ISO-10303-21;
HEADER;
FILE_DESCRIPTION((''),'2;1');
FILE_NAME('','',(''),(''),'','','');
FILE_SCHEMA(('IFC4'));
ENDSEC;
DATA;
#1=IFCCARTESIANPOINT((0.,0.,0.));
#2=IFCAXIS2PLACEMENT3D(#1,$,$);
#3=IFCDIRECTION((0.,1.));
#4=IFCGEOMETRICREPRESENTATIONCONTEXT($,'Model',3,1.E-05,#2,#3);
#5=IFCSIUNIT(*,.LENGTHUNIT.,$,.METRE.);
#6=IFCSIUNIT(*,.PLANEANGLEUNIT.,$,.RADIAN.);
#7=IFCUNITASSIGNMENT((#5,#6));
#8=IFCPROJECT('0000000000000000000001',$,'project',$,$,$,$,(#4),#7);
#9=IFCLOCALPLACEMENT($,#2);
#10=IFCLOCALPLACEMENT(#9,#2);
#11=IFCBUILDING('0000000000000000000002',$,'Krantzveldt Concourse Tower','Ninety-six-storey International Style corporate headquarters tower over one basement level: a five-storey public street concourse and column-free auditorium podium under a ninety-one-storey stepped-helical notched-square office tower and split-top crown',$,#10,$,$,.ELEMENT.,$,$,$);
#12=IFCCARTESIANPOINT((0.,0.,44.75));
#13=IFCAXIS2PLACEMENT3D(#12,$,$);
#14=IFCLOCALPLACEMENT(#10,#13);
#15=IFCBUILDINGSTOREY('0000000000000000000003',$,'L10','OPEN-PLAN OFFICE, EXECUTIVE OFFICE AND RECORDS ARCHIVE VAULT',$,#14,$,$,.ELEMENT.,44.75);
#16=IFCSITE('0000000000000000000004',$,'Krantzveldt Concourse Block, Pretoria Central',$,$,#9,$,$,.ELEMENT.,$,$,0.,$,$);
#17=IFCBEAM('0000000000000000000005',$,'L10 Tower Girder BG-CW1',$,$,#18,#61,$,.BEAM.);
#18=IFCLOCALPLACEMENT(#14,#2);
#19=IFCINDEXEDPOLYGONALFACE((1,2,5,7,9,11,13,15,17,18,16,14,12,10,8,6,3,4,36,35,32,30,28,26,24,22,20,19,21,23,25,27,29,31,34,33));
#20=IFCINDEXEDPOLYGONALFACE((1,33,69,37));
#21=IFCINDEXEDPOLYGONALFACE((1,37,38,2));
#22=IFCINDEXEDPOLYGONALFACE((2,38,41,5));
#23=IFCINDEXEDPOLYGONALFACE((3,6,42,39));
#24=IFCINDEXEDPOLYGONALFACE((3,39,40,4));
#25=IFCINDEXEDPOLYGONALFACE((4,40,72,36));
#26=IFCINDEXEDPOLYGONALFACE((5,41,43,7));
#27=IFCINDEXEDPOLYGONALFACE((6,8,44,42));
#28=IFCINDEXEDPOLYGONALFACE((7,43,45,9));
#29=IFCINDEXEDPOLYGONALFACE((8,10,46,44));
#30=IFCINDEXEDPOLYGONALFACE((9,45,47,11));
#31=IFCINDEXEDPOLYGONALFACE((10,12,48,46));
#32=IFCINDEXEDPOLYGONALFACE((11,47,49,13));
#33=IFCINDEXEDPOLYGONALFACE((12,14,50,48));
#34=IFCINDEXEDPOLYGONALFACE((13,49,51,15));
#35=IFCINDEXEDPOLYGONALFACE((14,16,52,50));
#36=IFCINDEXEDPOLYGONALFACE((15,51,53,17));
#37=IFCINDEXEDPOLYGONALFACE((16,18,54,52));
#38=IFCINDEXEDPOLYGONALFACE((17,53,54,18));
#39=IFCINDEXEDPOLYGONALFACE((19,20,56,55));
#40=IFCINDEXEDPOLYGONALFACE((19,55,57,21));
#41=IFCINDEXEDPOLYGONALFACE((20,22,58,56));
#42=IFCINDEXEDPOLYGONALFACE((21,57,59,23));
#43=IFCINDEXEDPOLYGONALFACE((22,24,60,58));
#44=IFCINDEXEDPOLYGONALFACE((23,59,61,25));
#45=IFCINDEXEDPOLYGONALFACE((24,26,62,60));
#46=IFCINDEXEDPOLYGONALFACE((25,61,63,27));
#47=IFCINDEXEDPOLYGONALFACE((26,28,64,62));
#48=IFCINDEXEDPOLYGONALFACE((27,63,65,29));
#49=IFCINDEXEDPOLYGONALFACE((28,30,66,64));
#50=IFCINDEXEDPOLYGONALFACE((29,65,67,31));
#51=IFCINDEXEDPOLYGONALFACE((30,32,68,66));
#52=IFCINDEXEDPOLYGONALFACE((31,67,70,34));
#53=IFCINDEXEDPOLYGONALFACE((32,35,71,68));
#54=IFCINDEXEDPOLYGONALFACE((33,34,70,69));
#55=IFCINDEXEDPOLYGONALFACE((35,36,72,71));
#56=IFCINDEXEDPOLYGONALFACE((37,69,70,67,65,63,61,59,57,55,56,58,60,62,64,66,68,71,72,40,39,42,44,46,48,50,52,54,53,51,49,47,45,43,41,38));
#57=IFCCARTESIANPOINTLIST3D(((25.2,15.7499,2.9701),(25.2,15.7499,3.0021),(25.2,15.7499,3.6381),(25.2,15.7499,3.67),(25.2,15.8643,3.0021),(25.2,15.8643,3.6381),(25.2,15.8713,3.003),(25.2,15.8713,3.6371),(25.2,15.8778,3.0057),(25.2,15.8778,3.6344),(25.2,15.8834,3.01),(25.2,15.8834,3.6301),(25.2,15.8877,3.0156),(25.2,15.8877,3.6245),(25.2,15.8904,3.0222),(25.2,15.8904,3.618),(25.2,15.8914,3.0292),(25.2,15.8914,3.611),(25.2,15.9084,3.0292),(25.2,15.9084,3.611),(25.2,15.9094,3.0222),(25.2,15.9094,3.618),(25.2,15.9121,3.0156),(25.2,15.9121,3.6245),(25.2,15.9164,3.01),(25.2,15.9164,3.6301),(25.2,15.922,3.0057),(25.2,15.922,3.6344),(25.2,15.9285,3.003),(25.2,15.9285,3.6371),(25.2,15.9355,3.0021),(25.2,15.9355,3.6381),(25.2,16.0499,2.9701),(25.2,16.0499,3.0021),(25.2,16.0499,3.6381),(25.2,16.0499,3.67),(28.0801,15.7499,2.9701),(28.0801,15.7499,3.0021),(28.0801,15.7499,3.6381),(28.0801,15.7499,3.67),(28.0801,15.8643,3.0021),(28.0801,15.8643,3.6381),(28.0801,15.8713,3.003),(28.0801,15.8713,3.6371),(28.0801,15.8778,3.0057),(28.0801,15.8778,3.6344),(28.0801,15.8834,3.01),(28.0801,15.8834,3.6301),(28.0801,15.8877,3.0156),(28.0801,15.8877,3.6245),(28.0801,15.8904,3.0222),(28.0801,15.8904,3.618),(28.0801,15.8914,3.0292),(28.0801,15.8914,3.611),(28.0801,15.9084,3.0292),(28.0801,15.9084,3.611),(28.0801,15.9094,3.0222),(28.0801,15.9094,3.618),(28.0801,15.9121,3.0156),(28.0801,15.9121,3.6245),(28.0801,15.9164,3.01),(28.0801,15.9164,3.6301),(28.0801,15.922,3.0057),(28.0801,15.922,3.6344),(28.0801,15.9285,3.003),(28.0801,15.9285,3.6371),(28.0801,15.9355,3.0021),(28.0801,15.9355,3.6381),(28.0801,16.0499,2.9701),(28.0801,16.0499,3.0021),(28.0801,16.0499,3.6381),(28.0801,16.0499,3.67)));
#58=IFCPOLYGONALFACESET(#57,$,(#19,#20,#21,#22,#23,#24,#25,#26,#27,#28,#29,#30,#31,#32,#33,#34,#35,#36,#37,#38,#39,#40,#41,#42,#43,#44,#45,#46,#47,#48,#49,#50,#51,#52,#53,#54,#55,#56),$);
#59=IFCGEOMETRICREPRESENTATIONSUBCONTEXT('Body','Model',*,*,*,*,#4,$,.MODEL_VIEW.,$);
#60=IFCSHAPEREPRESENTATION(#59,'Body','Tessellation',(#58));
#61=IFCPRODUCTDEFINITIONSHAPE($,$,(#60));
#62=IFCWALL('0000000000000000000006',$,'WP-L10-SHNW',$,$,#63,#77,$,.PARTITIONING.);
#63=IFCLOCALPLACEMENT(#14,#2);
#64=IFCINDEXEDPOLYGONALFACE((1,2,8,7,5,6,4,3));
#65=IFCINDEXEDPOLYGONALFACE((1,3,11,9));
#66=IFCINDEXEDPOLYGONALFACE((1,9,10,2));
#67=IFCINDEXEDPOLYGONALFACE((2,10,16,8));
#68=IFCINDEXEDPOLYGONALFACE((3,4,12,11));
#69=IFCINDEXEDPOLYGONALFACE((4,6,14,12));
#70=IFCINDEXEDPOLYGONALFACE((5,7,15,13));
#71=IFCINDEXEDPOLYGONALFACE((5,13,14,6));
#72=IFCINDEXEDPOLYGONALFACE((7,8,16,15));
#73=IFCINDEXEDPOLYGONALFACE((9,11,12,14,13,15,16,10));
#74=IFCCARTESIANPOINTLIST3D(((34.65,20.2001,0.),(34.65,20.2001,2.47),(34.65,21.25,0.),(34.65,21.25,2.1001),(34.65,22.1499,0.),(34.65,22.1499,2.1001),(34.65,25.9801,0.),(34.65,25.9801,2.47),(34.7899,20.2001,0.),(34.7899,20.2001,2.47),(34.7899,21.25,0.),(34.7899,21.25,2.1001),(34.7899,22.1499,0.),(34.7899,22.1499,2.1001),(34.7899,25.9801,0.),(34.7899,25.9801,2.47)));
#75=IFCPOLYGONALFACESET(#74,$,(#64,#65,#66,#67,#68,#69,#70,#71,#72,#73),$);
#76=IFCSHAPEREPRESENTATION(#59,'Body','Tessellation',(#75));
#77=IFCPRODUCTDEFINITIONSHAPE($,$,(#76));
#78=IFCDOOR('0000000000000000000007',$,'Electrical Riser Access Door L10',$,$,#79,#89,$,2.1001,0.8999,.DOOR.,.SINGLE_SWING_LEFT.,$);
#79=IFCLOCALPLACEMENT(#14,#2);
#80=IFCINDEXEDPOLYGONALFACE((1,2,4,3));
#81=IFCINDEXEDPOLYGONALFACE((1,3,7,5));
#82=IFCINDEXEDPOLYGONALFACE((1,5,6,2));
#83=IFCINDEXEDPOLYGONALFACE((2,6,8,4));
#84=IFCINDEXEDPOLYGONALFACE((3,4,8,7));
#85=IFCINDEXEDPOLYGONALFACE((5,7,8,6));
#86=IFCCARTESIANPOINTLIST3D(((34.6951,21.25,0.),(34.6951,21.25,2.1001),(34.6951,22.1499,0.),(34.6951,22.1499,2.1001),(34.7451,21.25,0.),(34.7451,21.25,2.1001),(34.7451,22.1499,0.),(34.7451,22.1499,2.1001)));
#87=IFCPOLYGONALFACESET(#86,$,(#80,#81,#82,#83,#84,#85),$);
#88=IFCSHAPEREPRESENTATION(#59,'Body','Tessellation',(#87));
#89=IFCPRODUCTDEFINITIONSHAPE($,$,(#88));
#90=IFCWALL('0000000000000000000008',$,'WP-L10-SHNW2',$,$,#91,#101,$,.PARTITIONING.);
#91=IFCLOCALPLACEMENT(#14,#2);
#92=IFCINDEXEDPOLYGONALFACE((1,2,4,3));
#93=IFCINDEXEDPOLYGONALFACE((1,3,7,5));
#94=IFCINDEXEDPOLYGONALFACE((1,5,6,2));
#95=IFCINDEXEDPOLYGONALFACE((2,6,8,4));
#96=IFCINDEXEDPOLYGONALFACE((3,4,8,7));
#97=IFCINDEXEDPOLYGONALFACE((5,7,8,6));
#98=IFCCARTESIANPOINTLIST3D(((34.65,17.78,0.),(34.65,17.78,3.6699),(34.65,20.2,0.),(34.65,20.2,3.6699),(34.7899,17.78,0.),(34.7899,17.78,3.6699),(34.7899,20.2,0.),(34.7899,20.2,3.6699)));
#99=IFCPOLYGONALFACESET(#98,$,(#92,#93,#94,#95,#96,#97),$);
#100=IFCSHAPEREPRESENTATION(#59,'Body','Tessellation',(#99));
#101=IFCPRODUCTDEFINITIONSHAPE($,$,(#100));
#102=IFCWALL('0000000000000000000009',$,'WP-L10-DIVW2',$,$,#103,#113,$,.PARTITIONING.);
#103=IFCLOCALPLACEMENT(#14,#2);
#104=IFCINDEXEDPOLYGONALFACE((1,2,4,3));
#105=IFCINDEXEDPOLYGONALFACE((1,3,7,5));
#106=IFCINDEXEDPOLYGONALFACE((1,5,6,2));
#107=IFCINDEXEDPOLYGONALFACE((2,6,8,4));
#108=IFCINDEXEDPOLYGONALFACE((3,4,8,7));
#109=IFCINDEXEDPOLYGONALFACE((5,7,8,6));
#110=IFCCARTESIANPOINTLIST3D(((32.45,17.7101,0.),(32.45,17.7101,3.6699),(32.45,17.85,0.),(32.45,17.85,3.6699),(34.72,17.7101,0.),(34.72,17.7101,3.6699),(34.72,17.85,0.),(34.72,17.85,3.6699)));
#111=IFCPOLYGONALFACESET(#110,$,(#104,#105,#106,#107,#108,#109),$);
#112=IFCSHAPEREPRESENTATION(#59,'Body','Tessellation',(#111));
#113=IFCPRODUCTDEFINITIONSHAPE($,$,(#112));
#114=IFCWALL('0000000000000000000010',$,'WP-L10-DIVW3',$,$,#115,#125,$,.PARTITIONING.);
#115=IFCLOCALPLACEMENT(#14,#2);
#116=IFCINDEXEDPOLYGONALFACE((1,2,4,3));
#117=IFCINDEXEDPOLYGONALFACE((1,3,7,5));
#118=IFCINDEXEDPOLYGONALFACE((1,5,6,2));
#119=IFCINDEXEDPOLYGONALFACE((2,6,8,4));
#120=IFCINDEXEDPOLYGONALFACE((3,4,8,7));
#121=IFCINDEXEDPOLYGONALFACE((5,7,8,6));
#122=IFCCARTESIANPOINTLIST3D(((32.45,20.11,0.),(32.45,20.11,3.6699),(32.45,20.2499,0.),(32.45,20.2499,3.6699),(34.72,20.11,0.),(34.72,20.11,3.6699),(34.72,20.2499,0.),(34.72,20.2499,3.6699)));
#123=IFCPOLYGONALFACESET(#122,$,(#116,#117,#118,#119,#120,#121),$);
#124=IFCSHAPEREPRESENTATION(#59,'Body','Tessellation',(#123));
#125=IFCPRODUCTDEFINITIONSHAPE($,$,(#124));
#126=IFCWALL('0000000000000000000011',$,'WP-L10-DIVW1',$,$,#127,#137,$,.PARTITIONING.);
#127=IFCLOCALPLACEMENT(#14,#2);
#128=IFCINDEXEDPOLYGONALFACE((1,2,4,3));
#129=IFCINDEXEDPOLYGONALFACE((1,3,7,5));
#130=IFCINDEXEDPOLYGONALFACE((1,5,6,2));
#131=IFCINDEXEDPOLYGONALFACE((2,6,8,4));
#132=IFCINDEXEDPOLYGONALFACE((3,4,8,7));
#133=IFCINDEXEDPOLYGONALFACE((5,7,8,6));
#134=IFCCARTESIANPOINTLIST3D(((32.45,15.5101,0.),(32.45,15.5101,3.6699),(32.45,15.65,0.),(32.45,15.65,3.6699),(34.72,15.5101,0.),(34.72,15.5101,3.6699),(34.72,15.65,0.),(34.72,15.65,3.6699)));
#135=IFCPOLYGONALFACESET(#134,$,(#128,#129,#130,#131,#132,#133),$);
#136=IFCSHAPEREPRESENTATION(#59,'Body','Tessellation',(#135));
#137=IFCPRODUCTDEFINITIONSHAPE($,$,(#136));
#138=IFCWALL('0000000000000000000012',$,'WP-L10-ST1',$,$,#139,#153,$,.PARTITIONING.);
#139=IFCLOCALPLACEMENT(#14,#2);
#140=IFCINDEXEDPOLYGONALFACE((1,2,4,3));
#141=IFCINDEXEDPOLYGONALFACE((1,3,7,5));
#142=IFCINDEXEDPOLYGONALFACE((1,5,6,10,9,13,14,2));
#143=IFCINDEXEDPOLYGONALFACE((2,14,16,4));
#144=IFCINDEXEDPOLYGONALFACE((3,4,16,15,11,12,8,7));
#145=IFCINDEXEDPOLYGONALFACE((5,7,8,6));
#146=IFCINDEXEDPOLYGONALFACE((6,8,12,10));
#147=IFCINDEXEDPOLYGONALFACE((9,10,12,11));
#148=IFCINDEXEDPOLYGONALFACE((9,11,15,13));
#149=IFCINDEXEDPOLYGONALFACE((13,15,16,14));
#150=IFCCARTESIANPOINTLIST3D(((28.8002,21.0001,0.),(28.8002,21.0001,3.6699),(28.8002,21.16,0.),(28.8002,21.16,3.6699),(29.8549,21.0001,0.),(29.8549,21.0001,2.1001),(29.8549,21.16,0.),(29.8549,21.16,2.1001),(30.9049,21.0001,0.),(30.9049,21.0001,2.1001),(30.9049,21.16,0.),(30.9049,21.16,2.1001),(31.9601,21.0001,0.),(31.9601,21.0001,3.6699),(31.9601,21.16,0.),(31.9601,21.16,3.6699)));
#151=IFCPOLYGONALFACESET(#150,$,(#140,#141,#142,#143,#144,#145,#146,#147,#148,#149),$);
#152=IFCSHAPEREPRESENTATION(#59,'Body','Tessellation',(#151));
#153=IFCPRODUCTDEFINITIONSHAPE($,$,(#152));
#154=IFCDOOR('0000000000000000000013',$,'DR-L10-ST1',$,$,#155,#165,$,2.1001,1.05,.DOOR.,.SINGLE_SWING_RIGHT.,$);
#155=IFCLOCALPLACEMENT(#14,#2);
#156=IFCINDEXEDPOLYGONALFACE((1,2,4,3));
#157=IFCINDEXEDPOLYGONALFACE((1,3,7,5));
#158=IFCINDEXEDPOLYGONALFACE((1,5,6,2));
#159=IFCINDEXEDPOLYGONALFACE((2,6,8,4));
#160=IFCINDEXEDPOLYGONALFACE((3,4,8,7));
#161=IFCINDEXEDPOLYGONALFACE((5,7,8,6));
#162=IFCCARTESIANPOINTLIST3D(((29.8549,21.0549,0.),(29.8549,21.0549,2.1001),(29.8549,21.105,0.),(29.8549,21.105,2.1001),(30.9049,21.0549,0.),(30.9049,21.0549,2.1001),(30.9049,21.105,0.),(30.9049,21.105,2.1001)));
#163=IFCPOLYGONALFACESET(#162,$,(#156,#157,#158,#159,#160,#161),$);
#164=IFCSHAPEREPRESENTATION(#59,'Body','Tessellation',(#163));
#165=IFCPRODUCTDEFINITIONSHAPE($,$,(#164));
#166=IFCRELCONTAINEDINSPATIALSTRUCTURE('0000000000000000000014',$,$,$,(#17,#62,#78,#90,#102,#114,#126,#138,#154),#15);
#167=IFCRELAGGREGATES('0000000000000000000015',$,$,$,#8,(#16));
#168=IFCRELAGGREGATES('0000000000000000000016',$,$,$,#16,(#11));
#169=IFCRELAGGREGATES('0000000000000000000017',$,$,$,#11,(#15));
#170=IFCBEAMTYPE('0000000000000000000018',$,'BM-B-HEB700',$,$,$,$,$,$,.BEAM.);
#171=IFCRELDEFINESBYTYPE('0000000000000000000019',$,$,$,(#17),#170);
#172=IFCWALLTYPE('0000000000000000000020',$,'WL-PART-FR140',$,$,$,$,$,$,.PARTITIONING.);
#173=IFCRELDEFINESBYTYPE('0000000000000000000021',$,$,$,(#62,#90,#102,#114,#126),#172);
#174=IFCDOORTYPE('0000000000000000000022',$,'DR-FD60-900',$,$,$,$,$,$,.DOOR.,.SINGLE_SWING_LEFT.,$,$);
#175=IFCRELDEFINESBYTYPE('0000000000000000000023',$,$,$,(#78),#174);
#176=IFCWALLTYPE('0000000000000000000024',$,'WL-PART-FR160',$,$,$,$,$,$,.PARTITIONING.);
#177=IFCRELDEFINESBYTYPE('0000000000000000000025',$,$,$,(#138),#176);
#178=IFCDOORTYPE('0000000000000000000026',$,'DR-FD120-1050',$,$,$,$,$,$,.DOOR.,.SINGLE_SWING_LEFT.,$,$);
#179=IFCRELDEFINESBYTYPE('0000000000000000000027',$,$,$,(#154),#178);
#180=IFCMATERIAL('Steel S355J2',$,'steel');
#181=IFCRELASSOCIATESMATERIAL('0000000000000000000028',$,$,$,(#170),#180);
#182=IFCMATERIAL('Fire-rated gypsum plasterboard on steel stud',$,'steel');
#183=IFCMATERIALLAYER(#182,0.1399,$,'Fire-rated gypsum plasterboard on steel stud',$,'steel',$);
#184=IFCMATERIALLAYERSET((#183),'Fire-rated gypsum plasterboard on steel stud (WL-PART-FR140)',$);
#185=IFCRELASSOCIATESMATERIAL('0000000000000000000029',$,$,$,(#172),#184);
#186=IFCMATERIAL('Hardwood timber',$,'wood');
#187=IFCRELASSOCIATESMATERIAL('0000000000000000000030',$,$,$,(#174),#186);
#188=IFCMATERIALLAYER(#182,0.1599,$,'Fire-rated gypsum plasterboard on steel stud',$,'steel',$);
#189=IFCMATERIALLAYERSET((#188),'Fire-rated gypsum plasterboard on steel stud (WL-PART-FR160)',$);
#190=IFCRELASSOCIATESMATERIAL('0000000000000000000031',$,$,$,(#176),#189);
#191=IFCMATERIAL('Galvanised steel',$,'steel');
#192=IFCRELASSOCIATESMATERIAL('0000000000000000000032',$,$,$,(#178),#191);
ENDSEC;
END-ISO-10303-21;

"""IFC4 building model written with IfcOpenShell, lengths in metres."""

from ifc_helpers import new_model, si_unit, direction, frame, frame_2d, origin, origin_2d, place, context, subcontext, project, spatial, rectangle, i_section, extrude, source, transform, mapped, material, layer, layer_set, material_profile, profile_set, type_object, type_shapes, element, fill, save


model = new_model("IFC4")

# Units and contexts
model_context = context("Model", 3, precision=1e-05, world=origin(), true_north=direction((0.0, 1.0)))
body_context = subcontext(model_context, "Body", "Model", "MODEL_VIEW")
ifc_project = project(units=[si_unit("LENGTHUNIT", "METRE"), si_unit("PLANEANGLEUNIT", "RADIAN")], contexts=[model_context])

# Site, building, storey
site_placement = place(None, origin())
site = spatial("IfcSite", under=ifc_project, at=site_placement, Name="Krantzveldt Concourse Block, Pretoria Central", CompositionType="ELEMENT", RefElevation=0.0)
building_placement = place(site_placement, origin())
building = spatial("IfcBuilding", under=site, at=building_placement, Name="Krantzveldt Concourse Tower", Description="Ninety-six-storey International Style corporate headquarters tower over one basement level: a five-storey public street concourse and column-free auditorium podium under a ninety-one-storey stepped-helical notched-square office tower and split-top crown", CompositionType="ELEMENT")
storey_placement = place(building_placement, frame((0.0, 0.0, 44.75)))
storey = spatial("IfcBuildingStorey", under=building, at=storey_placement, Name="L10", Description="OPEN-PLAN OFFICE, EXECUTIVE OFFICE AND RECORDS ARCHIVE VAULT", CompositionType="ELEMENT", Elevation=44.75)

# Beam
ifc_material_1 = material(Name="Steel S355J2", Category="steel")
ifc_material_profile = material_profile(ifc_material_1, i_section(OverallWidth=0.3, OverallDepth=0.7, WebThickness=0.0171, FlangeThickness=0.032, FilletRadius=0.0271, at=origin_2d()), Name="Steel S355J2", Category="steel")
ifc_profile_set = profile_set([ifc_material_profile], Name="Steel S355J2 - HEB 700")
beam_type = type_object("IfcBeamType", Name="BM-B-HEB700", PredefinedType="BEAM", material=ifc_profile_set)
shared_shape = source(origin(), body_context, "Body", "SweptSolid", [
    extrude(i_section(OverallWidth=0.3, OverallDepth=0.7, WebThickness=0.0171, FlangeThickness=0.032, FilletRadius=0.0271, at=origin_2d()), origin(), (0.0, 0.0, 1.0), 2.8801),
])
type_shapes(beam_type, [shared_shape])
beam_placement = place(storey_placement, frame((25.2, 15.8999, 3.3201), z_axis=(1.0, 0.0, 0.0), x_axis=(0.0, 1.0, 0.0)))
element("IfcBeam", 1, at=beam_placement, inside=storey, type_object=beam_type, Name="L10 Tower Girder BG-CW1", PredefinedType="BEAM", context=body_context, shape_type="MappedRepresentation", body=[
    mapped(shared_shape, transform((0.0, 0.0, 0.0), x_axis=(1.0, 0.0, 0.0), y_axis=(0.0, 1.0, 0.0), z_axis=(0.0, 0.0, 1.0), scale=1.0)),
])

# Wall, opening, door
ifc_material_2 = material(Name="Fire-rated gypsum plasterboard on steel stud", Category="steel")
ifc_layer_1 = layer(ifc_material_2, 0.1399, Name="Fire-rated gypsum plasterboard on steel stud", Category="steel")
ifc_layer_set_1 = layer_set([ifc_layer_1], Name="Fire-rated gypsum plasterboard on steel stud (WL-PART-FR140)")
wall_type_1 = type_object("IfcWallType", Name="WL-PART-FR140", PredefinedType="PARTITIONING", material=ifc_layer_set_1)
wall_1_placement = place(storey_placement, frame((34.72, 20.2, 0.0), z_axis=(0.0, 0.0, 1.0), x_axis=(0.0, 1.0, 0.0)))
wall_1 = element("IfcWall", 2, at=wall_1_placement, inside=storey, type_object=wall_type_1, Name="WP-L10-SHNW", PredefinedType="PARTITIONING", context=body_context, shape_type="SweptSolid", body=[
    extrude(rectangle(XDim=5.78, YDim=0.1399, at=frame_2d((2.8901, 0.0))), origin(), (0.0, 0.0, 1.0), 2.47),
])
opening_1_placement = place(wall_1_placement, frame((1.05, 0.0, 0.0)))
opening_1 = element("IfcOpeningElement", 3, at=opening_1_placement, cuts=wall_1, PredefinedType="OPENING", context=body_context, shape_type="SweptSolid", body=[
    extrude(rectangle(XDim=0.8999, YDim=2.1001, at=frame_2d((0.45, 1.05))), frame((0.0, 0.0801, 0.0), z_axis=(0.0, -1.0, 0.0), x_axis=(1.0, 0.0, 0.0)), (0.0, 0.0, 1.0), 0.1599),
])
ifc_material_3 = material(Name="Hardwood timber", Category="wood")
door_type_1 = type_object("IfcDoorType", Name="DR-FD60-900", OperationType="SINGLE_SWING_LEFT", PredefinedType="DOOR", material=ifc_material_3)
door_1_placement = place(opening_1_placement, origin())
door_1 = element("IfcDoor", 4, at=door_1_placement, inside=storey, type_object=door_type_1, Name="Electrical Riser Access Door L10", OperationType="SINGLE_SWING_LEFT", OverallHeight=2.1001, OverallWidth=0.8999, PredefinedType="DOOR", context=body_context, shape_type="SweptSolid", body=[
    extrude(rectangle(XDim=0.8999, YDim=2.1001, at=frame_2d((0.45, 1.05))), frame((0.0, 0.0249, 0.0), z_axis=(0.0, -1.0, 0.0), x_axis=(1.0, 0.0, 0.0)), (0.0, 0.0, 1.0), 0.05),
])
fill(opening_1, door_1)

# Walls
wall_2_placement = place(storey_placement, frame((34.72, 17.78, 0.0), z_axis=(0.0, 0.0, 1.0), x_axis=(0.0, 1.0, 0.0)))
element("IfcWall", 5, at=wall_2_placement, inside=storey, type_object=wall_type_1, Name="WP-L10-SHNW2", PredefinedType="PARTITIONING", context=body_context, shape_type="SweptSolid", body=[
    extrude(rectangle(XDim=2.4199, YDim=0.1399, at=frame_2d((1.21, 0.0))), origin(), (0.0, 0.0, 1.0), 3.6699),
])
for number, where, z_axis, x_axis, name in (
    (6, (32.45, 17.78, 0.0), (0.0, 0.0, 1.0), (1.0, 0.0, 0.0), "WP-L10-DIVW2"),
    (7, (32.45, 20.1799, 0.0), (0.0, 0.0, 1.0), (1.0, 0.0, 0.0), "WP-L10-DIVW3"),
    (8, (32.45, 15.5801, 0.0), (0.0, 0.0, 1.0), (1.0, 0.0, 0.0), "WP-L10-DIVW1"),
):
    element("IfcWall", number, at=place(storey_placement, frame(where, z_axis=z_axis, x_axis=x_axis)), inside=storey, type_object=wall_type_1, Name=name, PredefinedType="PARTITIONING", context=body_context, shape_type="SweptSolid", body=[
        extrude(rectangle(XDim=2.27, YDim=0.1399, at=frame_2d((1.135, 0.0))), origin(), (0.0, 0.0, 1.0), 3.6699),
    ])

# Wall, opening, door
ifc_layer_2 = layer(ifc_material_2, 0.1599, Name="Fire-rated gypsum plasterboard on steel stud", Category="steel")
ifc_layer_set_2 = layer_set([ifc_layer_2], Name="Fire-rated gypsum plasterboard on steel stud (WL-PART-FR160)")
wall_type_2 = type_object("IfcWallType", Name="WL-PART-FR160", PredefinedType="PARTITIONING", material=ifc_layer_set_2)
wall_3_placement = place(storey_placement, frame((28.8, 21.0801, 0.0), z_axis=(0.0, 0.0, 1.0), x_axis=(1.0, 0.0, 0.0)))
wall_3 = element("IfcWall", 9, at=wall_3_placement, inside=storey, type_object=wall_type_2, Name="WP-L10-ST1", PredefinedType="PARTITIONING", context=body_context, shape_type="SweptSolid", body=[
    extrude(rectangle(XDim=3.1599, YDim=0.1599, at=frame_2d((1.5801, 0.0))), origin(), (0.0, 0.0, 1.0), 3.6699),
])
opening_2_placement = place(wall_3_placement, frame((1.0549, 0.0, 0.0)))
opening_2 = element("IfcOpeningElement", 10, at=opening_2_placement, cuts=wall_3, PredefinedType="OPENING", context=body_context, shape_type="SweptSolid", body=[
    extrude(rectangle(XDim=1.05, YDim=2.1001, at=frame_2d((0.5249, 1.05))), frame((0.0, 0.0898, 0.0), z_axis=(0.0, -1.0, 0.0), x_axis=(1.0, 0.0, 0.0)), (0.0, 0.0, 1.0), 0.1799),
])
ifc_material_4 = material(Name="Galvanised steel", Category="steel")
door_type_2 = type_object("IfcDoorType", Name="DR-FD120-1050", OperationType="SINGLE_SWING_LEFT", PredefinedType="DOOR", material=ifc_material_4)
door_2_placement = place(opening_2_placement, origin())
door_2 = element("IfcDoor", 11, at=door_2_placement, inside=storey, type_object=door_type_2, Name="DR-L10-ST1", OperationType="SINGLE_SWING_RIGHT", OverallHeight=2.1001, OverallWidth=1.05, PredefinedType="DOOR", context=body_context, shape_type="SweptSolid", body=[
    extrude(rectangle(XDim=1.05, YDim=2.1001, at=frame_2d((0.5249, 1.05))), frame((0.0, 0.0249, 0.0), z_axis=(0.0, -1.0, 0.0), x_axis=(1.0, 0.0, 0.0)), (0.0, 0.0, 1.0), 0.05),
])
fill(opening_2, door_2)

save(model, "model.ifc")
